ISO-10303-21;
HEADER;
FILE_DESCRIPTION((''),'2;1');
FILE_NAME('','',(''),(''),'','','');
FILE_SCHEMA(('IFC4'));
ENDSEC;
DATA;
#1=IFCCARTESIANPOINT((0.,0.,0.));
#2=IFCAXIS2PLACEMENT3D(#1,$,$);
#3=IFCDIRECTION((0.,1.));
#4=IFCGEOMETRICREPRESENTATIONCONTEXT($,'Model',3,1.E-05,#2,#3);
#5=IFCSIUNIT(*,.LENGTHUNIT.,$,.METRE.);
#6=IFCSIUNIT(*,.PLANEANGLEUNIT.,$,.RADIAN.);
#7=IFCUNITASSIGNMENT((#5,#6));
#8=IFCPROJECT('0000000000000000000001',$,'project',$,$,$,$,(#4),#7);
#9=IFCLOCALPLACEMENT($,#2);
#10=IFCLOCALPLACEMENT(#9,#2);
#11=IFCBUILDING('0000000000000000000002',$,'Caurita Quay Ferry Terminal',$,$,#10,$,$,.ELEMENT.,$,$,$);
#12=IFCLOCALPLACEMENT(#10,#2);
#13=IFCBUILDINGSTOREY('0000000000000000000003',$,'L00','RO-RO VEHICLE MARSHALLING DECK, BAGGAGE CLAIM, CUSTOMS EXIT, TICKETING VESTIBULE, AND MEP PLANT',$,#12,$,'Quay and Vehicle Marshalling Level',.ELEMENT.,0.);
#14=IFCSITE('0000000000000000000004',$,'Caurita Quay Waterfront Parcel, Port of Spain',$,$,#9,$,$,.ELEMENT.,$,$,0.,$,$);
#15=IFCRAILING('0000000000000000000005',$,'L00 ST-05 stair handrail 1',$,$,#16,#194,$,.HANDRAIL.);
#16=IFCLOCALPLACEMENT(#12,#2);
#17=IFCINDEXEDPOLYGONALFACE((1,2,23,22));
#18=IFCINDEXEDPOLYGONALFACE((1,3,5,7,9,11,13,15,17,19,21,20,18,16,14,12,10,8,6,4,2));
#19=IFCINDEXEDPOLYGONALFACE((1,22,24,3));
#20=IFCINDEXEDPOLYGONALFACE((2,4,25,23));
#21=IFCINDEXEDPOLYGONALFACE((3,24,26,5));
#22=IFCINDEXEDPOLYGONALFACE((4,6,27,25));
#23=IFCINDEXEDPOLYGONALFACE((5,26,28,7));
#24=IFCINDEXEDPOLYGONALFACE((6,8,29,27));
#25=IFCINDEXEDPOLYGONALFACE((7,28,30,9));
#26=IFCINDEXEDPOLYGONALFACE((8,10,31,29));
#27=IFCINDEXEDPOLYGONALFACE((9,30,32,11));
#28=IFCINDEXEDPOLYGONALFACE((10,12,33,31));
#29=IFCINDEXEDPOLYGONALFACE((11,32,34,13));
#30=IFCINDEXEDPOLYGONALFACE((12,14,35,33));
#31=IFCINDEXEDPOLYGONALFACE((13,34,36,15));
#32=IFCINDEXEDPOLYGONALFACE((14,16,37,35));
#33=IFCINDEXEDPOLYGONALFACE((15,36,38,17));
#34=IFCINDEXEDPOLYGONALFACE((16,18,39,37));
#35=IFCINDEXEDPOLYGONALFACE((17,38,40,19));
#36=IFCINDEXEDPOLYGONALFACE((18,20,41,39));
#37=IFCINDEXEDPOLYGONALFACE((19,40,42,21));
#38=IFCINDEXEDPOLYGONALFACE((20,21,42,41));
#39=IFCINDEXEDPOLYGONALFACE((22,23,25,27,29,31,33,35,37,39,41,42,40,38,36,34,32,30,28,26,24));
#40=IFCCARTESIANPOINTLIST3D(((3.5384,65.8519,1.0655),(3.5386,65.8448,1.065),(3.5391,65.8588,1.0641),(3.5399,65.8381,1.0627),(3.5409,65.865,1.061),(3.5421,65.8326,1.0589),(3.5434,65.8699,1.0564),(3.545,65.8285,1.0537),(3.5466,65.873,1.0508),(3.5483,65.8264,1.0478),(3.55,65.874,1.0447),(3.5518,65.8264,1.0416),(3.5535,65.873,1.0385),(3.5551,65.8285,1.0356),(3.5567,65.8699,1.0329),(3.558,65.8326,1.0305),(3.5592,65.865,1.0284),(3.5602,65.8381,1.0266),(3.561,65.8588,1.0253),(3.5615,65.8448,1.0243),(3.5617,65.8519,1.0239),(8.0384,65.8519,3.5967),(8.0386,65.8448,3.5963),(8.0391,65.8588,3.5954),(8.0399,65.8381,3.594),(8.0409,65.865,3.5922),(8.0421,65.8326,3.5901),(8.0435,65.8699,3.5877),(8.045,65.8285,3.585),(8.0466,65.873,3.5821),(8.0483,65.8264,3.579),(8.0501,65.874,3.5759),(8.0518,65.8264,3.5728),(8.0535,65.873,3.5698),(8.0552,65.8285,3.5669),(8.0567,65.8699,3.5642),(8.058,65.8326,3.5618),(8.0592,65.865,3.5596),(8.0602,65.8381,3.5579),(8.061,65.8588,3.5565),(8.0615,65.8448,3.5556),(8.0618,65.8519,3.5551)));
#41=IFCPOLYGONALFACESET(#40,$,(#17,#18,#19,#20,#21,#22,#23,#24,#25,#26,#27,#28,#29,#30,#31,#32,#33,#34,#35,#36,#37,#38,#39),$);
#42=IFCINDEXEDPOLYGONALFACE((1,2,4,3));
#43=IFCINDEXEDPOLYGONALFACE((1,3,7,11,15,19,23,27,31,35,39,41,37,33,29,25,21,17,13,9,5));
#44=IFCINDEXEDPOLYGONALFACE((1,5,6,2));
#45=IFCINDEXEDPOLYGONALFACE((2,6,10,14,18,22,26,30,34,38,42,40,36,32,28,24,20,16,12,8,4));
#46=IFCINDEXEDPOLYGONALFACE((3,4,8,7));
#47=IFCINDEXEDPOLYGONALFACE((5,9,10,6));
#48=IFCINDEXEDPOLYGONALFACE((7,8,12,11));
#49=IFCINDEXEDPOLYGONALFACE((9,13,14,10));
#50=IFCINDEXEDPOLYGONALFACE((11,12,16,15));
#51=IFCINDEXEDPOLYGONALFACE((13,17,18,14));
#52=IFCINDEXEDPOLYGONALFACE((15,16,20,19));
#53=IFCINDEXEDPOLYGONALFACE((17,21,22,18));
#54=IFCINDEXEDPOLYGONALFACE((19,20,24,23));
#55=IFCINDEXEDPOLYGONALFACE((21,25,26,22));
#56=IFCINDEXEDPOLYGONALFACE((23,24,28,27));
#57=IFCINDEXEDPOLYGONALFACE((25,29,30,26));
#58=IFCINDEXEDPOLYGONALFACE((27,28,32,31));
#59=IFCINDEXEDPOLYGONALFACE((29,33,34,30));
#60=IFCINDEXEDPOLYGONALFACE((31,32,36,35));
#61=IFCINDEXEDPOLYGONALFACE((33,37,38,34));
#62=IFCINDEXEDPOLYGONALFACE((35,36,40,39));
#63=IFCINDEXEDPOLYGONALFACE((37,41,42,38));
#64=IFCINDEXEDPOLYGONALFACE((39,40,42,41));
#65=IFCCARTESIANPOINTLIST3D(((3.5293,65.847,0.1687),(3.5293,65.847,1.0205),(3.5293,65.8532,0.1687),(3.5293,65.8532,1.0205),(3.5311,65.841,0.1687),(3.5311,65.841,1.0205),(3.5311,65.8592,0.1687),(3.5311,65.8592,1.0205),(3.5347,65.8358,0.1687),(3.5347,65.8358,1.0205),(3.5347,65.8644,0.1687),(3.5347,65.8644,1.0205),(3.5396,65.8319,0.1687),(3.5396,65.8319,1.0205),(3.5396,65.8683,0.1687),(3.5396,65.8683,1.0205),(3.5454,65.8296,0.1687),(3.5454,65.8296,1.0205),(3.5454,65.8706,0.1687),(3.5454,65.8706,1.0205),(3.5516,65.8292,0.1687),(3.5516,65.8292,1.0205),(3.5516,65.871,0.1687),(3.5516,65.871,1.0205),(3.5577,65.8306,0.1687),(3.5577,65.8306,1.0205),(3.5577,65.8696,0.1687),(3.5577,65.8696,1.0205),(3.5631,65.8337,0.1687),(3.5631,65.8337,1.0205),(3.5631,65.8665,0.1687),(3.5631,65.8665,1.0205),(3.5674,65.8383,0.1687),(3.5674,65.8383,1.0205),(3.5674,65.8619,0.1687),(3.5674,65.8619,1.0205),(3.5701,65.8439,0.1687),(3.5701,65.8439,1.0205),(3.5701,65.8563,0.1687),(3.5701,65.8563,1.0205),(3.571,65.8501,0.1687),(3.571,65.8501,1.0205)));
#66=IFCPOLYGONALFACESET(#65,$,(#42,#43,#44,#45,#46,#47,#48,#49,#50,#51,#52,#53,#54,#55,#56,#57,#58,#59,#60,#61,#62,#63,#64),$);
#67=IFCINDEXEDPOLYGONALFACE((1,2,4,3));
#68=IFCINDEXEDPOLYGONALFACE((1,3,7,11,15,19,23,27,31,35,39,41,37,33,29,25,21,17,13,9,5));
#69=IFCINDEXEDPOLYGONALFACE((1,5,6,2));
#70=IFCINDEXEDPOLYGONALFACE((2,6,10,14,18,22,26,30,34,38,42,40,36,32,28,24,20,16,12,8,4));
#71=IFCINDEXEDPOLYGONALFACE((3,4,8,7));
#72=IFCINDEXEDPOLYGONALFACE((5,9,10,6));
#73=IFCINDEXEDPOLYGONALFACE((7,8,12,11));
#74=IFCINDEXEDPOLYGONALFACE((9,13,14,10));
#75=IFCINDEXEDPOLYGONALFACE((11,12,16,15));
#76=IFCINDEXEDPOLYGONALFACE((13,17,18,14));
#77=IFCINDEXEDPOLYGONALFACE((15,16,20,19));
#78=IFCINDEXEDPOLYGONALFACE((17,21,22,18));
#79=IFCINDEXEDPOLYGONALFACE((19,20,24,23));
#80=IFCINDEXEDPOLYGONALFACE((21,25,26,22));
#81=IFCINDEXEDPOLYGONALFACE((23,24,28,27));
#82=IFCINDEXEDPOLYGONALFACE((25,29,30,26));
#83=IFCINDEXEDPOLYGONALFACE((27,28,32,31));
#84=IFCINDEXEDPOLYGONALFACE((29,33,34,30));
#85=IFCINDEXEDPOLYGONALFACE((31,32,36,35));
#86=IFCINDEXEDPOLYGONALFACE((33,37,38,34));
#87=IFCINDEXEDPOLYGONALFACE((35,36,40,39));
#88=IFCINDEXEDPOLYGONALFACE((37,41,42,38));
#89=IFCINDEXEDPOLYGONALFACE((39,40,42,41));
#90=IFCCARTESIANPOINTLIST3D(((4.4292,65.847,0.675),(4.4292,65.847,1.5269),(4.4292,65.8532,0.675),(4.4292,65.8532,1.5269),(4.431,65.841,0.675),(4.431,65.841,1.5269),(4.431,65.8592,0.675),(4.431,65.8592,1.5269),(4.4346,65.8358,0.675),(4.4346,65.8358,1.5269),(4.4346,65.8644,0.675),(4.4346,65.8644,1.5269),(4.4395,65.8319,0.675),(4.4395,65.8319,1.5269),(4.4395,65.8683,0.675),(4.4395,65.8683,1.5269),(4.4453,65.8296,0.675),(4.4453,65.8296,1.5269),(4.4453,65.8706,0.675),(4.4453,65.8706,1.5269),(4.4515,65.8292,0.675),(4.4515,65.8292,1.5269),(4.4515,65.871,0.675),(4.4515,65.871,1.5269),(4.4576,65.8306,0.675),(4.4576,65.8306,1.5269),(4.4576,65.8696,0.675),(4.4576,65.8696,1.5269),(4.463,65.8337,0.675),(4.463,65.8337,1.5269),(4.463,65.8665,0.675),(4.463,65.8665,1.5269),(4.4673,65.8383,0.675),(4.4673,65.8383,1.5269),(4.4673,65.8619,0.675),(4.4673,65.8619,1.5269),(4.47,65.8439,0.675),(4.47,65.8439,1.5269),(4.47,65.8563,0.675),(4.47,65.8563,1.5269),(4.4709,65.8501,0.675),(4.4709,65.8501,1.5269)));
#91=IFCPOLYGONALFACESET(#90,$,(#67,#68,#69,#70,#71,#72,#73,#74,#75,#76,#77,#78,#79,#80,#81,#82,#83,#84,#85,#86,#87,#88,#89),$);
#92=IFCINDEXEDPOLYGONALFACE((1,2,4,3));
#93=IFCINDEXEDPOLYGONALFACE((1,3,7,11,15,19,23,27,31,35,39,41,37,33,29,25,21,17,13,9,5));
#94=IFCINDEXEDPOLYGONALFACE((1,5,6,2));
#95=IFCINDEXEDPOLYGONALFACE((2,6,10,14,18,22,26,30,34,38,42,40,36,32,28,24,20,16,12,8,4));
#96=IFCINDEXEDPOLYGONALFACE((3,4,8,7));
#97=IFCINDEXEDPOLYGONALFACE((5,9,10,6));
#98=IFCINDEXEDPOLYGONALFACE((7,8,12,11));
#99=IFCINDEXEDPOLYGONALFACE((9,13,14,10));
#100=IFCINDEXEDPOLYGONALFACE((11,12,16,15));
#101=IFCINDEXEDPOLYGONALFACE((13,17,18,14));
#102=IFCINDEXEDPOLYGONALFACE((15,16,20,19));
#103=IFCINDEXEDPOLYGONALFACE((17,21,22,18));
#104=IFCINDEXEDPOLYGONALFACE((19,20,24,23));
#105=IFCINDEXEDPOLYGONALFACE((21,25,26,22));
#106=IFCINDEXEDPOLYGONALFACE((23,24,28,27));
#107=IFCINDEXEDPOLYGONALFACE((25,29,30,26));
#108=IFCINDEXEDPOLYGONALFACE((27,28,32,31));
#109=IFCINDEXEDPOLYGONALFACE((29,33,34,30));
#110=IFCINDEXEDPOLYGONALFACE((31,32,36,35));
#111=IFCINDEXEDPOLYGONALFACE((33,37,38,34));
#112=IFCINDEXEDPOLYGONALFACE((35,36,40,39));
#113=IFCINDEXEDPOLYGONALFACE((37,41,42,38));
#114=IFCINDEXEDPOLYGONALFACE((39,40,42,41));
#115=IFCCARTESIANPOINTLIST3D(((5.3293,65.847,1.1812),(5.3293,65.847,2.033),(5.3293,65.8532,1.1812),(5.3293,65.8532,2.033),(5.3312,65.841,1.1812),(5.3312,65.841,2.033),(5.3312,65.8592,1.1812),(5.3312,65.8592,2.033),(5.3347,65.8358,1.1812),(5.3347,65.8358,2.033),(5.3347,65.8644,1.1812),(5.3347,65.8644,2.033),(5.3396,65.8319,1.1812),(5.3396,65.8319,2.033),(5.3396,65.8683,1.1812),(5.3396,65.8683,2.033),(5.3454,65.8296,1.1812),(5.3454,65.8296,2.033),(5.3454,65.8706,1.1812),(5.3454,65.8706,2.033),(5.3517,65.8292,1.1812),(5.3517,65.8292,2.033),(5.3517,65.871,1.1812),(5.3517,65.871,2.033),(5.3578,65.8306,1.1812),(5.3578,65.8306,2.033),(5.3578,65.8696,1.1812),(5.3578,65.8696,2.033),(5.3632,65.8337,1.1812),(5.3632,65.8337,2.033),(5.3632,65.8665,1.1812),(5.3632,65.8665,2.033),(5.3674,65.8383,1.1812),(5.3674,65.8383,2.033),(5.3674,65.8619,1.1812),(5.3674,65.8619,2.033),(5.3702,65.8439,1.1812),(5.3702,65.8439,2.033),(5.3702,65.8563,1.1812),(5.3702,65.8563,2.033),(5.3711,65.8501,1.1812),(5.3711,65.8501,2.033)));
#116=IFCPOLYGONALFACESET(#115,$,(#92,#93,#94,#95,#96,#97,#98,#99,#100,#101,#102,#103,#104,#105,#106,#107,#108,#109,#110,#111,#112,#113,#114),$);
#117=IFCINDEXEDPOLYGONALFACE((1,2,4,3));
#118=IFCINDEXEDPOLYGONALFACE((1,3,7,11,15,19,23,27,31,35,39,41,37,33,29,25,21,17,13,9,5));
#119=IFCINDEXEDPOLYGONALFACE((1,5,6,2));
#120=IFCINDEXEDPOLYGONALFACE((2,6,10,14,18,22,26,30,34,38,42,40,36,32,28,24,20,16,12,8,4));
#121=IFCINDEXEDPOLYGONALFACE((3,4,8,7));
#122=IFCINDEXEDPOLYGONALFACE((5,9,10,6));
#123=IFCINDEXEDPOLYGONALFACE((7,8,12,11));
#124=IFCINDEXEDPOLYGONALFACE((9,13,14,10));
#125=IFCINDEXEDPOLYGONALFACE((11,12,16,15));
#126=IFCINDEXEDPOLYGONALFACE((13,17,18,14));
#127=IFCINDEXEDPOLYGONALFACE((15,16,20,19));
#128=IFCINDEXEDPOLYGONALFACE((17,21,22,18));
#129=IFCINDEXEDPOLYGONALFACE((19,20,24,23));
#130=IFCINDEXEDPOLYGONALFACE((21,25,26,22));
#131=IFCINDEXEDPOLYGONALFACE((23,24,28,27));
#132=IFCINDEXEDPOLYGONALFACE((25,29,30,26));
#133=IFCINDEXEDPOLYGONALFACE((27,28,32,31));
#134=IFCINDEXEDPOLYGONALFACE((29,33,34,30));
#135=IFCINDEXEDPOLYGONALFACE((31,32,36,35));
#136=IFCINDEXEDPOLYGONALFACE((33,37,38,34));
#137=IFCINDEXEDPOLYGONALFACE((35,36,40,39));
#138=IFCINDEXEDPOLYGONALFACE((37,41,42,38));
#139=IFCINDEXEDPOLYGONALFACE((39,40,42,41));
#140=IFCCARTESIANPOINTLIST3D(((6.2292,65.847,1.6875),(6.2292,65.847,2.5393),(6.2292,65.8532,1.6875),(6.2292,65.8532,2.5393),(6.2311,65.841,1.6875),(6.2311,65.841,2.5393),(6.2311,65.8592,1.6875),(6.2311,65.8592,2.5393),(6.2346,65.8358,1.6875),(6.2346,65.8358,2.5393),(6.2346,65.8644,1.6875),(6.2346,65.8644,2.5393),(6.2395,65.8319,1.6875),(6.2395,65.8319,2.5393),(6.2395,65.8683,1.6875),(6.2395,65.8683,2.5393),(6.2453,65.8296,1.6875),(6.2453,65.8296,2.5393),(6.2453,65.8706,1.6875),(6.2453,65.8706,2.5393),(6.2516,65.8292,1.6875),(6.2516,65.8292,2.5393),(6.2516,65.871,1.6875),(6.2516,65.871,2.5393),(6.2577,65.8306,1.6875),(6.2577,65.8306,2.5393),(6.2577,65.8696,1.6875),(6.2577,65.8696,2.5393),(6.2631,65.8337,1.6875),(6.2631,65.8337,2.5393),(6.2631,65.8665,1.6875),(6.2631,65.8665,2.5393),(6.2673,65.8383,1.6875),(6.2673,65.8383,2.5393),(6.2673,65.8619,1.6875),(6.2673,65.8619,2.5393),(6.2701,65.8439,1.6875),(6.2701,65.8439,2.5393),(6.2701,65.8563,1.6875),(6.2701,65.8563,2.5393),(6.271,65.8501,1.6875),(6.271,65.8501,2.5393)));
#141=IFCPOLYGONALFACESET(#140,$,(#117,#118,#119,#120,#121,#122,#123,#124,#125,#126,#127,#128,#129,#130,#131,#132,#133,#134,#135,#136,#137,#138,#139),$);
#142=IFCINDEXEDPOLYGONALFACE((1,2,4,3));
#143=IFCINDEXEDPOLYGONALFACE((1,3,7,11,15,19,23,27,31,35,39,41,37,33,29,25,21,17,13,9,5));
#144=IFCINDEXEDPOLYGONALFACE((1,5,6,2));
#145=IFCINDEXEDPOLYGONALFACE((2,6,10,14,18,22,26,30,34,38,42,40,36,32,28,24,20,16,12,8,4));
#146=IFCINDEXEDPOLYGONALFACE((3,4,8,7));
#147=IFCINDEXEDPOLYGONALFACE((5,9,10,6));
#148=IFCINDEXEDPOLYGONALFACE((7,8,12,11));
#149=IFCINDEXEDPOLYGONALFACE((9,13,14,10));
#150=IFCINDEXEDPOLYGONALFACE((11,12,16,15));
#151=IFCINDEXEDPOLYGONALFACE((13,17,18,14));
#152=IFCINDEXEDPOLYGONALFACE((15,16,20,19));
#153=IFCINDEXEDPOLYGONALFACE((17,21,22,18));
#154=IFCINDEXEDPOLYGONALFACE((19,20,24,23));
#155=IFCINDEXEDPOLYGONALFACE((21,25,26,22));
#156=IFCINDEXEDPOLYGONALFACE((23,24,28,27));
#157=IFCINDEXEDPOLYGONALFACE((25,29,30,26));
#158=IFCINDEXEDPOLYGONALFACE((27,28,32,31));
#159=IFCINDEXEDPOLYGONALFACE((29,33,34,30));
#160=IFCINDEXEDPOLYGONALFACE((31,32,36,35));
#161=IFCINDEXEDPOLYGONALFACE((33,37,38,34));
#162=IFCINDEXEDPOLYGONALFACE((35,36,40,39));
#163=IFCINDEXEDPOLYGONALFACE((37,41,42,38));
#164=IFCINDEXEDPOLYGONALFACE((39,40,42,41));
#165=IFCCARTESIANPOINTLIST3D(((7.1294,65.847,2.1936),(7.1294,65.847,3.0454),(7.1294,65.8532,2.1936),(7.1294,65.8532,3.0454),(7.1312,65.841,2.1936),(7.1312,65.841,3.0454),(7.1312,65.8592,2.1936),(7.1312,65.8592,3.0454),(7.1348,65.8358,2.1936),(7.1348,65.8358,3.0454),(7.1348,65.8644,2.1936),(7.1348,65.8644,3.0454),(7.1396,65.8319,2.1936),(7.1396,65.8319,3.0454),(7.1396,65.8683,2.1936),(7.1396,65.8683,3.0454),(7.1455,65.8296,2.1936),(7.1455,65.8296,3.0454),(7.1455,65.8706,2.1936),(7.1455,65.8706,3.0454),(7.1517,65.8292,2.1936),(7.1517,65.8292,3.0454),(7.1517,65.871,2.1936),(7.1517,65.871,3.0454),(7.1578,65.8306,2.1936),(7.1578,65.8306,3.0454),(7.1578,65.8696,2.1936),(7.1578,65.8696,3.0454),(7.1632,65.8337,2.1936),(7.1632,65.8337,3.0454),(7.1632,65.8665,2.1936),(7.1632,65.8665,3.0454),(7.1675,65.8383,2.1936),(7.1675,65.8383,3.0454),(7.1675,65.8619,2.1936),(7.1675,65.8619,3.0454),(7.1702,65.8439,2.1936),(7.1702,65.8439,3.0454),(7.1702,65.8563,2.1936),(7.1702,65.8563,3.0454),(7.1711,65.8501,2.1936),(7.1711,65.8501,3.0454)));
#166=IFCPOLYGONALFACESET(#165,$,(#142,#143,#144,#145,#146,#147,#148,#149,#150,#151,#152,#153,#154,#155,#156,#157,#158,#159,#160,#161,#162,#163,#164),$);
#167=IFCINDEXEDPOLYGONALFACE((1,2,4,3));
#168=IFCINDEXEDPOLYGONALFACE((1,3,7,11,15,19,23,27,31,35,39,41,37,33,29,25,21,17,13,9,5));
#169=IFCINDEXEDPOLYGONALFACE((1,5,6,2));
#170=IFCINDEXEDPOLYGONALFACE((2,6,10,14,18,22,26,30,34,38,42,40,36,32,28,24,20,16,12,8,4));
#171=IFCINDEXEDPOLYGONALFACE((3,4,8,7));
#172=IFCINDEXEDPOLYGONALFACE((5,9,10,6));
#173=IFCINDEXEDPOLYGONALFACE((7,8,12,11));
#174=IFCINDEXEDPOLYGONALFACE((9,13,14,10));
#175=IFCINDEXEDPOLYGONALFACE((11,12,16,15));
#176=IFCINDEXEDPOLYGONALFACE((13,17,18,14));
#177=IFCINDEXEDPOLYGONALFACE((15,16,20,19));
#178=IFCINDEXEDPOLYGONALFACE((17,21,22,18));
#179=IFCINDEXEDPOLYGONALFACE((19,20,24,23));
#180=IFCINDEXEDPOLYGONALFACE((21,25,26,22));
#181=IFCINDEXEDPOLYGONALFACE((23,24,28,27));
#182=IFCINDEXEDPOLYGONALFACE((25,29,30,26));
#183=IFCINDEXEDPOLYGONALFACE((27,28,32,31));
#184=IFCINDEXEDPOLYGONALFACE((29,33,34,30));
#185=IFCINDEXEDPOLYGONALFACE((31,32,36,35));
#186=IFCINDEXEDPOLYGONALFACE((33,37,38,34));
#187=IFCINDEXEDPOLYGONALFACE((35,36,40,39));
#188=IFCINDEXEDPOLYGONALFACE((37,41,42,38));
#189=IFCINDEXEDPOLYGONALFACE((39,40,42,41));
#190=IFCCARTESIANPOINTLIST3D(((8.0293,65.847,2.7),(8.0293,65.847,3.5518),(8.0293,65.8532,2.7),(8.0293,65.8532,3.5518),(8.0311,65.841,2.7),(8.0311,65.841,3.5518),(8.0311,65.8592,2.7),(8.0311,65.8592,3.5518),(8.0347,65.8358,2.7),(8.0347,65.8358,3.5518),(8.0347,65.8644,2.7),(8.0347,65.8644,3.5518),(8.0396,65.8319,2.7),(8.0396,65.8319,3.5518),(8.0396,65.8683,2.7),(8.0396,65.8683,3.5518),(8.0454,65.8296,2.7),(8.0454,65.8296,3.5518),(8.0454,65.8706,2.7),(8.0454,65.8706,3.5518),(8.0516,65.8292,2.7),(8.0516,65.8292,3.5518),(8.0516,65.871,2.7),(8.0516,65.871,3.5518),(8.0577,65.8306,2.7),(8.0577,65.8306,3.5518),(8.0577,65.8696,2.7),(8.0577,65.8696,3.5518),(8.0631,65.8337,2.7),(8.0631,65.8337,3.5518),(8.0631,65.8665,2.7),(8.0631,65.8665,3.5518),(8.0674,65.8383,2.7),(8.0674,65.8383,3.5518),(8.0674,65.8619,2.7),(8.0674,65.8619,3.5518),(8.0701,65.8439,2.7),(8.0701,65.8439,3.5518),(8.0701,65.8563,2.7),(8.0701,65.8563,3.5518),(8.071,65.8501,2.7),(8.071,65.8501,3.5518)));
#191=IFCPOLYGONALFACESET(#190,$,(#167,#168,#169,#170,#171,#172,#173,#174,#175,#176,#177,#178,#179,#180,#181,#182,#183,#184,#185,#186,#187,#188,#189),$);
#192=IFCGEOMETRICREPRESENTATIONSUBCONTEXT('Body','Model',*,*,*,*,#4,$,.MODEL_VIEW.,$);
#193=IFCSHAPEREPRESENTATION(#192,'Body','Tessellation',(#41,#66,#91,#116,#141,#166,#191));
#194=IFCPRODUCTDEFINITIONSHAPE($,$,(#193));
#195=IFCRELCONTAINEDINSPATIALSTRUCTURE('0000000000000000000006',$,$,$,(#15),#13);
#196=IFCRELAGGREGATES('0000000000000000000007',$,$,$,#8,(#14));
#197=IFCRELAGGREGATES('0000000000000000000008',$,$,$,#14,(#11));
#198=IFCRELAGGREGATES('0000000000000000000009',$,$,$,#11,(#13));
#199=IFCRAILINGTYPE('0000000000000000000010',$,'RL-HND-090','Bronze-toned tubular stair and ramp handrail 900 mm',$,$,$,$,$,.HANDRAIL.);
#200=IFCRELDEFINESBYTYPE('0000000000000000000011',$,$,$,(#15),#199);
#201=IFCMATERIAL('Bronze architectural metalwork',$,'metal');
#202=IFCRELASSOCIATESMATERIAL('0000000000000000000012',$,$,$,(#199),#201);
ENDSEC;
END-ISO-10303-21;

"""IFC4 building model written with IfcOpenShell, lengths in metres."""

from ifc_helpers import new_model, si_unit, direction, frame, origin, origin_2d, place, context, subcontext, project, spatial, circle, extrude, material, type_object, element, save


model = new_model("IFC4")

# Units and contexts
model_context = context("Model", 3, precision=1e-05, world=origin(), true_north=direction((0.0, 1.0)))
body_context = subcontext(model_context, "Body", "Model", "MODEL_VIEW")
ifc_project = project(units=[si_unit("LENGTHUNIT", "METRE"), si_unit("PLANEANGLEUNIT", "RADIAN")], contexts=[model_context])

# Site, building, storey
site_placement = place(None, origin())
site = spatial("IfcSite", under=ifc_project, at=site_placement, Name="Caurita Quay Waterfront Parcel, Port of Spain", CompositionType="ELEMENT", RefElevation=0.0)
building_placement = place(site_placement, origin())
building = spatial("IfcBuilding", under=site, at=building_placement, Name="Caurita Quay Ferry Terminal", CompositionType="ELEMENT")
storey_placement = place(building_placement, origin())
storey = spatial("IfcBuildingStorey", under=building, at=storey_placement, Name="L00", Description="RO-RO VEHICLE MARSHALLING DECK, BAGGAGE CLAIM, CUSTOMS EXIT, TICKETING VESTIBULE, AND MEP PLANT", LongName="Quay and Vehicle Marshalling Level", CompositionType="ELEMENT", Elevation=0.0)

# Railing
ifc_material_1 = material(Name="Bronze architectural metalwork", Category="metal")
railing_type = type_object("IfcRailingType", Name="RL-HND-090", Description="Bronze-toned tubular stair and ramp handrail 900 mm", PredefinedType="HANDRAIL", material=ifc_material_1)
railing_placement = place(storey_placement, frame((3.55, 65.8501, 0.1687)))
element("IfcRailing", 1, at=railing_placement, inside=storey, type_object=railing_type, Name="L00 ST-05 stair handrail 1", PredefinedType="HANDRAIL", context=body_context, shape_type="SweptSolid", body=[
    extrude(circle(Radius=0.0239, at=origin_2d()), frame((0.0, 0.0, 0.876), z_axis=(0.871576, 0.0, 0.490261), x_axis=(0.0, 1.0, 0.0)), (0.0, 0.0, 1.0), 5.1631),
    extrude(circle(Radius=0.021, at=origin_2d()), origin(), (0.0, 0.0, 1.0), 0.8518),
    extrude(circle(Radius=0.021, at=origin_2d()), frame((0.8999, 0.0, 0.5063)), (0.0, 0.0, 1.0), 0.8518),
    extrude(circle(Radius=0.021, at=origin_2d()), frame((1.8, 0.0, 1.0125)), (0.0, 0.0, 1.0), 0.8518),
    extrude(circle(Radius=0.021, at=origin_2d()), frame((2.7, 0.0, 1.5188)), (0.0, 0.0, 1.0), 0.8518),
    extrude(circle(Radius=0.021, at=origin_2d()), frame((3.6001, 0.0, 2.0249)), (0.0, 0.0, 1.0), 0.8518),
    extrude(circle(Radius=0.021, at=origin_2d()), frame((4.5, 0.0, 2.5312)), (0.0, 0.0, 1.0), 0.8518),
])

save(model, "model.ifc")
